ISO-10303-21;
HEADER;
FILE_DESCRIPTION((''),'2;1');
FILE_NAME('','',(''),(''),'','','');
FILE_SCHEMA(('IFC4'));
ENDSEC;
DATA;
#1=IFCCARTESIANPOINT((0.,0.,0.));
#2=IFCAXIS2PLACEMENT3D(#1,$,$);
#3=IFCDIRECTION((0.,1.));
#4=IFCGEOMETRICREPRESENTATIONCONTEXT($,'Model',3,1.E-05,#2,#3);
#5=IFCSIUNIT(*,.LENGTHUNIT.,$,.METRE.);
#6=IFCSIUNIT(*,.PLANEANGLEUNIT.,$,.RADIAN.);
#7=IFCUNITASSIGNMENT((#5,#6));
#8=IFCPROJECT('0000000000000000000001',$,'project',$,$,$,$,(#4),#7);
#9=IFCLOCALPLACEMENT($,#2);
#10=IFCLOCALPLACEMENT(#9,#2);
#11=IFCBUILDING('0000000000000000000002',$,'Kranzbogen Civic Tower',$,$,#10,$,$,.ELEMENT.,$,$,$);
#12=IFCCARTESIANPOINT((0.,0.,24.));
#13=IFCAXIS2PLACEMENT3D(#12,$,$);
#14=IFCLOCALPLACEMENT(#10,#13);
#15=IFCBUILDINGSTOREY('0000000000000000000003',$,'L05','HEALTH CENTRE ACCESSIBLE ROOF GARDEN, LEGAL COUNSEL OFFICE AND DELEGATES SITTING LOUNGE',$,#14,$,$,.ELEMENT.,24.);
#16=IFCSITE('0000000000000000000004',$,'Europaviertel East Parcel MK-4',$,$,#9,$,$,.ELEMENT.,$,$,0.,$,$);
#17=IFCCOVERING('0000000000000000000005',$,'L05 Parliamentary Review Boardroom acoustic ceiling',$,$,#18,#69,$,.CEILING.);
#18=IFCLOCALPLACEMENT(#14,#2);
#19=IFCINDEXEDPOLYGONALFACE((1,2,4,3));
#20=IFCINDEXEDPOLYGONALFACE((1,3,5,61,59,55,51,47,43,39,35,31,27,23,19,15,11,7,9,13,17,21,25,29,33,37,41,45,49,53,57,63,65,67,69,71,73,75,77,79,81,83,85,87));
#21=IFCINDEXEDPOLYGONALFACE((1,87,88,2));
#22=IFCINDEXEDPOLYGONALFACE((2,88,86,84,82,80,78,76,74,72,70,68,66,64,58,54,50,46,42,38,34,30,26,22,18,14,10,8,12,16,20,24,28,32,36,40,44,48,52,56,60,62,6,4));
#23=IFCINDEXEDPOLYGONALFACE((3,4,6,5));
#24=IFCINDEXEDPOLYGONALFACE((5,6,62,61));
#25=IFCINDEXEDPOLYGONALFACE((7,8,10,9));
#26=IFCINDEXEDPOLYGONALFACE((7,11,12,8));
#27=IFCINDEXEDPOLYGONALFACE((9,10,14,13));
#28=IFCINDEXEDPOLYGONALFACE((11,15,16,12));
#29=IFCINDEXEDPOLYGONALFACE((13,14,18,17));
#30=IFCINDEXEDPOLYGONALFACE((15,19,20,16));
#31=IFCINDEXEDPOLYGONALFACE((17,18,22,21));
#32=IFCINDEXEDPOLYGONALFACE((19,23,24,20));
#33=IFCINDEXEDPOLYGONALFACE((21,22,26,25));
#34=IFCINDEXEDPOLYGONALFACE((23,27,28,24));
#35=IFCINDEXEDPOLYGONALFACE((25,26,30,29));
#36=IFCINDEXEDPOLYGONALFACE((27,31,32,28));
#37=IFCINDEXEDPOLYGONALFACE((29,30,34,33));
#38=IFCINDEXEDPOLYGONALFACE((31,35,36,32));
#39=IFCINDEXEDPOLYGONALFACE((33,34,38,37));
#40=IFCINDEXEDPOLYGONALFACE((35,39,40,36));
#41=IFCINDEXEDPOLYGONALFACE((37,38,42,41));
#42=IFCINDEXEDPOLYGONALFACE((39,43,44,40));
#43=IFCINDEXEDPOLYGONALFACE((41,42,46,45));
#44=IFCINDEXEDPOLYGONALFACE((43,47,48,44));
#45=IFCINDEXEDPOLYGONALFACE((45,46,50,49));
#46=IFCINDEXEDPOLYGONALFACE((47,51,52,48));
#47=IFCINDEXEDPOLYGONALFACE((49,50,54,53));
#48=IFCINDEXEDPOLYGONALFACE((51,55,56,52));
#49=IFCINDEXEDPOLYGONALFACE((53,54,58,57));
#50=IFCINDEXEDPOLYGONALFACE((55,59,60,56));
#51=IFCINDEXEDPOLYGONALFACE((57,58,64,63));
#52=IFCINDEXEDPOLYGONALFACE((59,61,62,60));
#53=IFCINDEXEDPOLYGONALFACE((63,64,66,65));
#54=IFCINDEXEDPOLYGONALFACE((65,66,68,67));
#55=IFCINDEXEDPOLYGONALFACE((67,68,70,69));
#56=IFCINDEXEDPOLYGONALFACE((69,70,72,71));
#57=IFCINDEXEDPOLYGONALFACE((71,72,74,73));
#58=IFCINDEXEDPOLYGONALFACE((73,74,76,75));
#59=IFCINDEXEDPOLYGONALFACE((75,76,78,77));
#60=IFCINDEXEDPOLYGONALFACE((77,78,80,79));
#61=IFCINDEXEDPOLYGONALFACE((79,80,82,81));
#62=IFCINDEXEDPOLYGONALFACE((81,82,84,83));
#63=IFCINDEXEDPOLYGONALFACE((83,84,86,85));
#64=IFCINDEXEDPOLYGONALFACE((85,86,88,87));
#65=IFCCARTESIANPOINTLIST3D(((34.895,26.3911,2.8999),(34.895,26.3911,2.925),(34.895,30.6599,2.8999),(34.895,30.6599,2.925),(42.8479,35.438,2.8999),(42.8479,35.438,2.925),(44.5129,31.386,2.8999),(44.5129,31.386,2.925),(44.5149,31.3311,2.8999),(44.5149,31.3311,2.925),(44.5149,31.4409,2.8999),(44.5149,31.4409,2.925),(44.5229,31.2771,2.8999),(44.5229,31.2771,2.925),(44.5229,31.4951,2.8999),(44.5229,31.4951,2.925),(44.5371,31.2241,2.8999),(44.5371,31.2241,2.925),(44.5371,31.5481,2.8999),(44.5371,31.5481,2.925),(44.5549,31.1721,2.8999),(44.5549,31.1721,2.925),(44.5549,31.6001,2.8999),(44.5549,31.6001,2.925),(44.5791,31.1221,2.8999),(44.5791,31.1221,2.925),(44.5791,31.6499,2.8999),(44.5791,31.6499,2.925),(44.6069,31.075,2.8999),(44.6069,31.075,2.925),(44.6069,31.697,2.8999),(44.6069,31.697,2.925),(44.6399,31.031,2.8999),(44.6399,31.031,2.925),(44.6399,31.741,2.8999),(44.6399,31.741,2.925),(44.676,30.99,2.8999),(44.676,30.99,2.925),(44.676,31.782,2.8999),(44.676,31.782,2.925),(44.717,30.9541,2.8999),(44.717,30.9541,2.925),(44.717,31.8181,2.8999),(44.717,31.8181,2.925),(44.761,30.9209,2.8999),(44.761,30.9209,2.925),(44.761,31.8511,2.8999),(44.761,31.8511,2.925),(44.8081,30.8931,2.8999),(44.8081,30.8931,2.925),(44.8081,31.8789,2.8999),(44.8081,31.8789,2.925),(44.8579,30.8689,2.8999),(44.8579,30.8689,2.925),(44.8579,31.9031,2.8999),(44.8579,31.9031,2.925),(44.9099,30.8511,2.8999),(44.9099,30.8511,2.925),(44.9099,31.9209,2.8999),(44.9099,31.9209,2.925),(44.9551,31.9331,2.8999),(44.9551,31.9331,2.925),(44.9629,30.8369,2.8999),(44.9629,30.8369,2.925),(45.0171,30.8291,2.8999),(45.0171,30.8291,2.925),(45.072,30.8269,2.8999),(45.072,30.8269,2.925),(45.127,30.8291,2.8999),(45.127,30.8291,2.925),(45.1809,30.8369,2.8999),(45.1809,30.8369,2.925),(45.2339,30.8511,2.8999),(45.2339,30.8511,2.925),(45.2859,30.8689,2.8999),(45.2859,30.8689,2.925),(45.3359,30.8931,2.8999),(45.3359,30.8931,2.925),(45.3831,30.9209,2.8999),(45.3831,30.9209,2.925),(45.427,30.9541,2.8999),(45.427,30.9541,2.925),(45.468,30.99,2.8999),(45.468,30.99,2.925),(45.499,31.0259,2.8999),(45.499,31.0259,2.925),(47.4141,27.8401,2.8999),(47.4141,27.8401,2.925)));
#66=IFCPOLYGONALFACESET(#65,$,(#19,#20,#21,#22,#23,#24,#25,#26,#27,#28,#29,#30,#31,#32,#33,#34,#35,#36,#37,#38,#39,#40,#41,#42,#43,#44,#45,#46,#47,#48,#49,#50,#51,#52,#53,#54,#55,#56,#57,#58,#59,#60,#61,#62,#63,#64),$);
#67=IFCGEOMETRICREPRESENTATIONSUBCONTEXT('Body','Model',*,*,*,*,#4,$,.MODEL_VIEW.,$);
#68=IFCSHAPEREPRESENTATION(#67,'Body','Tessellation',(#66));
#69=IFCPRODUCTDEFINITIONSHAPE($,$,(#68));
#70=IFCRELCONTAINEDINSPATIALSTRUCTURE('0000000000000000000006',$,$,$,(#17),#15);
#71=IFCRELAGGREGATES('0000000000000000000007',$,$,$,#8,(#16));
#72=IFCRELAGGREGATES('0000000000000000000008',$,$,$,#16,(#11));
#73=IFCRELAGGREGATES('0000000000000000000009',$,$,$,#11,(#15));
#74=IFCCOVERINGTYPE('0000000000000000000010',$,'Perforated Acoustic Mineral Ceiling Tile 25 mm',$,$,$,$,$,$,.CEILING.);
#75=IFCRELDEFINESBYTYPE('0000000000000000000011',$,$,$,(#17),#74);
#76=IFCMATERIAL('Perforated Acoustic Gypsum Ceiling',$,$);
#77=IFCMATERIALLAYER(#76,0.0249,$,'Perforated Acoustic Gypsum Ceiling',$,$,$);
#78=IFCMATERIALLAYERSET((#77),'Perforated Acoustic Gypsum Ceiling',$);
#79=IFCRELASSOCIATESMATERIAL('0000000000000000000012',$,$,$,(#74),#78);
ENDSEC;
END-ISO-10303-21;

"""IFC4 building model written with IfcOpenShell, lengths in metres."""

from ifc_helpers import new_model, si_unit, direction, frame, origin, place, context, subcontext, project, spatial, polyline, outline, extrude, material, layer, layer_set, type_object, element, save


model = new_model("IFC4")

# Units and contexts
model_context = context("Model", 3, precision=1e-05, world=origin(), true_north=direction((0.0, 1.0)))
body_context = subcontext(model_context, "Body", "Model", "MODEL_VIEW")
ifc_project = project(units=[si_unit("LENGTHUNIT", "METRE"), si_unit("PLANEANGLEUNIT", "RADIAN")], contexts=[model_context])

# Site, building, storey
site_placement = place(None, origin())
site = spatial("IfcSite", under=ifc_project, at=site_placement, Name="Europaviertel East Parcel MK-4", CompositionType="ELEMENT", RefElevation=0.0)
building_placement = place(site_placement, origin())
building = spatial("IfcBuilding", under=site, at=building_placement, Name="Kranzbogen Civic Tower", CompositionType="ELEMENT")
storey_placement = place(building_placement, frame((0.0, 0.0, 24.0)))
storey = spatial("IfcBuildingStorey", under=building, at=storey_placement, Name="L05", Description="HEALTH CENTRE ACCESSIBLE ROOF GARDEN, LEGAL COUNSEL OFFICE AND DELEGATES SITTING LOUNGE", CompositionType="ELEMENT", Elevation=24.0)

# Covering
ifc_material_1 = material(Name="Perforated Acoustic Gypsum Ceiling")
ifc_layer_1 = layer(ifc_material_1, 0.0249, Name="Perforated Acoustic Gypsum Ceiling")
ifc_layer_set_1 = layer_set([ifc_layer_1], Name="Perforated Acoustic Gypsum Ceiling")
covering_type_1 = type_object("IfcCoveringType", Name="Perforated Acoustic Mineral Ceiling Tile 25 mm", PredefinedType="CEILING", material=ifc_layer_set_1)
covering_1_placement = place(storey_placement, frame((0.0, 0.0, 2.8999)))
element("IfcCovering", 1, at=covering_1_placement, inside=storey, type_object=covering_type_1, Name="L05 Parliamentary Review Boardroom acoustic ceiling", PredefinedType="CEILING", context=body_context, shape_type="SweptSolid", body=[
    extrude(outline(polyline([(34.895, 26.3911), (34.895, 30.6599), (42.8479, 35.438), (44.9551, 31.9331), (44.9099, 31.9209), (44.8579, 31.9031), (44.8081, 31.8789), (44.761, 31.8511), (44.717, 31.8181), (44.676, 31.782), (44.6399, 31.741), (44.6069, 31.697), (44.5791, 31.6499), (44.5549, 31.6001), (44.5371, 31.5481), (44.5229, 31.4951), (44.5149, 31.4409), (44.5129, 31.386), (44.5149, 31.3311), (44.5229, 31.2771), (44.5371, 31.2241), (44.5549, 31.1721), (44.5791, 31.1221), (44.6069, 31.075), (44.6399, 31.031), (44.676, 30.99), (44.717, 30.9541), (44.761, 30.9209), (44.8081, 30.8931), (44.8579, 30.8689), (44.9099, 30.8511), (44.9629, 30.8369), (45.0171, 30.8291), (45.072, 30.8269), (45.127, 30.8291), (45.1809, 30.8369), (45.2339, 30.8511), (45.2859, 30.8689), (45.3359, 30.8931), (45.3831, 30.9209), (45.427, 30.9541), (45.468, 30.99), (45.499, 31.0259), (47.4141, 27.8401), (34.895, 26.3911)])), origin(), (0.0, 0.0, 1.0), 0.0251),
])

save(model, "model.ifc")
